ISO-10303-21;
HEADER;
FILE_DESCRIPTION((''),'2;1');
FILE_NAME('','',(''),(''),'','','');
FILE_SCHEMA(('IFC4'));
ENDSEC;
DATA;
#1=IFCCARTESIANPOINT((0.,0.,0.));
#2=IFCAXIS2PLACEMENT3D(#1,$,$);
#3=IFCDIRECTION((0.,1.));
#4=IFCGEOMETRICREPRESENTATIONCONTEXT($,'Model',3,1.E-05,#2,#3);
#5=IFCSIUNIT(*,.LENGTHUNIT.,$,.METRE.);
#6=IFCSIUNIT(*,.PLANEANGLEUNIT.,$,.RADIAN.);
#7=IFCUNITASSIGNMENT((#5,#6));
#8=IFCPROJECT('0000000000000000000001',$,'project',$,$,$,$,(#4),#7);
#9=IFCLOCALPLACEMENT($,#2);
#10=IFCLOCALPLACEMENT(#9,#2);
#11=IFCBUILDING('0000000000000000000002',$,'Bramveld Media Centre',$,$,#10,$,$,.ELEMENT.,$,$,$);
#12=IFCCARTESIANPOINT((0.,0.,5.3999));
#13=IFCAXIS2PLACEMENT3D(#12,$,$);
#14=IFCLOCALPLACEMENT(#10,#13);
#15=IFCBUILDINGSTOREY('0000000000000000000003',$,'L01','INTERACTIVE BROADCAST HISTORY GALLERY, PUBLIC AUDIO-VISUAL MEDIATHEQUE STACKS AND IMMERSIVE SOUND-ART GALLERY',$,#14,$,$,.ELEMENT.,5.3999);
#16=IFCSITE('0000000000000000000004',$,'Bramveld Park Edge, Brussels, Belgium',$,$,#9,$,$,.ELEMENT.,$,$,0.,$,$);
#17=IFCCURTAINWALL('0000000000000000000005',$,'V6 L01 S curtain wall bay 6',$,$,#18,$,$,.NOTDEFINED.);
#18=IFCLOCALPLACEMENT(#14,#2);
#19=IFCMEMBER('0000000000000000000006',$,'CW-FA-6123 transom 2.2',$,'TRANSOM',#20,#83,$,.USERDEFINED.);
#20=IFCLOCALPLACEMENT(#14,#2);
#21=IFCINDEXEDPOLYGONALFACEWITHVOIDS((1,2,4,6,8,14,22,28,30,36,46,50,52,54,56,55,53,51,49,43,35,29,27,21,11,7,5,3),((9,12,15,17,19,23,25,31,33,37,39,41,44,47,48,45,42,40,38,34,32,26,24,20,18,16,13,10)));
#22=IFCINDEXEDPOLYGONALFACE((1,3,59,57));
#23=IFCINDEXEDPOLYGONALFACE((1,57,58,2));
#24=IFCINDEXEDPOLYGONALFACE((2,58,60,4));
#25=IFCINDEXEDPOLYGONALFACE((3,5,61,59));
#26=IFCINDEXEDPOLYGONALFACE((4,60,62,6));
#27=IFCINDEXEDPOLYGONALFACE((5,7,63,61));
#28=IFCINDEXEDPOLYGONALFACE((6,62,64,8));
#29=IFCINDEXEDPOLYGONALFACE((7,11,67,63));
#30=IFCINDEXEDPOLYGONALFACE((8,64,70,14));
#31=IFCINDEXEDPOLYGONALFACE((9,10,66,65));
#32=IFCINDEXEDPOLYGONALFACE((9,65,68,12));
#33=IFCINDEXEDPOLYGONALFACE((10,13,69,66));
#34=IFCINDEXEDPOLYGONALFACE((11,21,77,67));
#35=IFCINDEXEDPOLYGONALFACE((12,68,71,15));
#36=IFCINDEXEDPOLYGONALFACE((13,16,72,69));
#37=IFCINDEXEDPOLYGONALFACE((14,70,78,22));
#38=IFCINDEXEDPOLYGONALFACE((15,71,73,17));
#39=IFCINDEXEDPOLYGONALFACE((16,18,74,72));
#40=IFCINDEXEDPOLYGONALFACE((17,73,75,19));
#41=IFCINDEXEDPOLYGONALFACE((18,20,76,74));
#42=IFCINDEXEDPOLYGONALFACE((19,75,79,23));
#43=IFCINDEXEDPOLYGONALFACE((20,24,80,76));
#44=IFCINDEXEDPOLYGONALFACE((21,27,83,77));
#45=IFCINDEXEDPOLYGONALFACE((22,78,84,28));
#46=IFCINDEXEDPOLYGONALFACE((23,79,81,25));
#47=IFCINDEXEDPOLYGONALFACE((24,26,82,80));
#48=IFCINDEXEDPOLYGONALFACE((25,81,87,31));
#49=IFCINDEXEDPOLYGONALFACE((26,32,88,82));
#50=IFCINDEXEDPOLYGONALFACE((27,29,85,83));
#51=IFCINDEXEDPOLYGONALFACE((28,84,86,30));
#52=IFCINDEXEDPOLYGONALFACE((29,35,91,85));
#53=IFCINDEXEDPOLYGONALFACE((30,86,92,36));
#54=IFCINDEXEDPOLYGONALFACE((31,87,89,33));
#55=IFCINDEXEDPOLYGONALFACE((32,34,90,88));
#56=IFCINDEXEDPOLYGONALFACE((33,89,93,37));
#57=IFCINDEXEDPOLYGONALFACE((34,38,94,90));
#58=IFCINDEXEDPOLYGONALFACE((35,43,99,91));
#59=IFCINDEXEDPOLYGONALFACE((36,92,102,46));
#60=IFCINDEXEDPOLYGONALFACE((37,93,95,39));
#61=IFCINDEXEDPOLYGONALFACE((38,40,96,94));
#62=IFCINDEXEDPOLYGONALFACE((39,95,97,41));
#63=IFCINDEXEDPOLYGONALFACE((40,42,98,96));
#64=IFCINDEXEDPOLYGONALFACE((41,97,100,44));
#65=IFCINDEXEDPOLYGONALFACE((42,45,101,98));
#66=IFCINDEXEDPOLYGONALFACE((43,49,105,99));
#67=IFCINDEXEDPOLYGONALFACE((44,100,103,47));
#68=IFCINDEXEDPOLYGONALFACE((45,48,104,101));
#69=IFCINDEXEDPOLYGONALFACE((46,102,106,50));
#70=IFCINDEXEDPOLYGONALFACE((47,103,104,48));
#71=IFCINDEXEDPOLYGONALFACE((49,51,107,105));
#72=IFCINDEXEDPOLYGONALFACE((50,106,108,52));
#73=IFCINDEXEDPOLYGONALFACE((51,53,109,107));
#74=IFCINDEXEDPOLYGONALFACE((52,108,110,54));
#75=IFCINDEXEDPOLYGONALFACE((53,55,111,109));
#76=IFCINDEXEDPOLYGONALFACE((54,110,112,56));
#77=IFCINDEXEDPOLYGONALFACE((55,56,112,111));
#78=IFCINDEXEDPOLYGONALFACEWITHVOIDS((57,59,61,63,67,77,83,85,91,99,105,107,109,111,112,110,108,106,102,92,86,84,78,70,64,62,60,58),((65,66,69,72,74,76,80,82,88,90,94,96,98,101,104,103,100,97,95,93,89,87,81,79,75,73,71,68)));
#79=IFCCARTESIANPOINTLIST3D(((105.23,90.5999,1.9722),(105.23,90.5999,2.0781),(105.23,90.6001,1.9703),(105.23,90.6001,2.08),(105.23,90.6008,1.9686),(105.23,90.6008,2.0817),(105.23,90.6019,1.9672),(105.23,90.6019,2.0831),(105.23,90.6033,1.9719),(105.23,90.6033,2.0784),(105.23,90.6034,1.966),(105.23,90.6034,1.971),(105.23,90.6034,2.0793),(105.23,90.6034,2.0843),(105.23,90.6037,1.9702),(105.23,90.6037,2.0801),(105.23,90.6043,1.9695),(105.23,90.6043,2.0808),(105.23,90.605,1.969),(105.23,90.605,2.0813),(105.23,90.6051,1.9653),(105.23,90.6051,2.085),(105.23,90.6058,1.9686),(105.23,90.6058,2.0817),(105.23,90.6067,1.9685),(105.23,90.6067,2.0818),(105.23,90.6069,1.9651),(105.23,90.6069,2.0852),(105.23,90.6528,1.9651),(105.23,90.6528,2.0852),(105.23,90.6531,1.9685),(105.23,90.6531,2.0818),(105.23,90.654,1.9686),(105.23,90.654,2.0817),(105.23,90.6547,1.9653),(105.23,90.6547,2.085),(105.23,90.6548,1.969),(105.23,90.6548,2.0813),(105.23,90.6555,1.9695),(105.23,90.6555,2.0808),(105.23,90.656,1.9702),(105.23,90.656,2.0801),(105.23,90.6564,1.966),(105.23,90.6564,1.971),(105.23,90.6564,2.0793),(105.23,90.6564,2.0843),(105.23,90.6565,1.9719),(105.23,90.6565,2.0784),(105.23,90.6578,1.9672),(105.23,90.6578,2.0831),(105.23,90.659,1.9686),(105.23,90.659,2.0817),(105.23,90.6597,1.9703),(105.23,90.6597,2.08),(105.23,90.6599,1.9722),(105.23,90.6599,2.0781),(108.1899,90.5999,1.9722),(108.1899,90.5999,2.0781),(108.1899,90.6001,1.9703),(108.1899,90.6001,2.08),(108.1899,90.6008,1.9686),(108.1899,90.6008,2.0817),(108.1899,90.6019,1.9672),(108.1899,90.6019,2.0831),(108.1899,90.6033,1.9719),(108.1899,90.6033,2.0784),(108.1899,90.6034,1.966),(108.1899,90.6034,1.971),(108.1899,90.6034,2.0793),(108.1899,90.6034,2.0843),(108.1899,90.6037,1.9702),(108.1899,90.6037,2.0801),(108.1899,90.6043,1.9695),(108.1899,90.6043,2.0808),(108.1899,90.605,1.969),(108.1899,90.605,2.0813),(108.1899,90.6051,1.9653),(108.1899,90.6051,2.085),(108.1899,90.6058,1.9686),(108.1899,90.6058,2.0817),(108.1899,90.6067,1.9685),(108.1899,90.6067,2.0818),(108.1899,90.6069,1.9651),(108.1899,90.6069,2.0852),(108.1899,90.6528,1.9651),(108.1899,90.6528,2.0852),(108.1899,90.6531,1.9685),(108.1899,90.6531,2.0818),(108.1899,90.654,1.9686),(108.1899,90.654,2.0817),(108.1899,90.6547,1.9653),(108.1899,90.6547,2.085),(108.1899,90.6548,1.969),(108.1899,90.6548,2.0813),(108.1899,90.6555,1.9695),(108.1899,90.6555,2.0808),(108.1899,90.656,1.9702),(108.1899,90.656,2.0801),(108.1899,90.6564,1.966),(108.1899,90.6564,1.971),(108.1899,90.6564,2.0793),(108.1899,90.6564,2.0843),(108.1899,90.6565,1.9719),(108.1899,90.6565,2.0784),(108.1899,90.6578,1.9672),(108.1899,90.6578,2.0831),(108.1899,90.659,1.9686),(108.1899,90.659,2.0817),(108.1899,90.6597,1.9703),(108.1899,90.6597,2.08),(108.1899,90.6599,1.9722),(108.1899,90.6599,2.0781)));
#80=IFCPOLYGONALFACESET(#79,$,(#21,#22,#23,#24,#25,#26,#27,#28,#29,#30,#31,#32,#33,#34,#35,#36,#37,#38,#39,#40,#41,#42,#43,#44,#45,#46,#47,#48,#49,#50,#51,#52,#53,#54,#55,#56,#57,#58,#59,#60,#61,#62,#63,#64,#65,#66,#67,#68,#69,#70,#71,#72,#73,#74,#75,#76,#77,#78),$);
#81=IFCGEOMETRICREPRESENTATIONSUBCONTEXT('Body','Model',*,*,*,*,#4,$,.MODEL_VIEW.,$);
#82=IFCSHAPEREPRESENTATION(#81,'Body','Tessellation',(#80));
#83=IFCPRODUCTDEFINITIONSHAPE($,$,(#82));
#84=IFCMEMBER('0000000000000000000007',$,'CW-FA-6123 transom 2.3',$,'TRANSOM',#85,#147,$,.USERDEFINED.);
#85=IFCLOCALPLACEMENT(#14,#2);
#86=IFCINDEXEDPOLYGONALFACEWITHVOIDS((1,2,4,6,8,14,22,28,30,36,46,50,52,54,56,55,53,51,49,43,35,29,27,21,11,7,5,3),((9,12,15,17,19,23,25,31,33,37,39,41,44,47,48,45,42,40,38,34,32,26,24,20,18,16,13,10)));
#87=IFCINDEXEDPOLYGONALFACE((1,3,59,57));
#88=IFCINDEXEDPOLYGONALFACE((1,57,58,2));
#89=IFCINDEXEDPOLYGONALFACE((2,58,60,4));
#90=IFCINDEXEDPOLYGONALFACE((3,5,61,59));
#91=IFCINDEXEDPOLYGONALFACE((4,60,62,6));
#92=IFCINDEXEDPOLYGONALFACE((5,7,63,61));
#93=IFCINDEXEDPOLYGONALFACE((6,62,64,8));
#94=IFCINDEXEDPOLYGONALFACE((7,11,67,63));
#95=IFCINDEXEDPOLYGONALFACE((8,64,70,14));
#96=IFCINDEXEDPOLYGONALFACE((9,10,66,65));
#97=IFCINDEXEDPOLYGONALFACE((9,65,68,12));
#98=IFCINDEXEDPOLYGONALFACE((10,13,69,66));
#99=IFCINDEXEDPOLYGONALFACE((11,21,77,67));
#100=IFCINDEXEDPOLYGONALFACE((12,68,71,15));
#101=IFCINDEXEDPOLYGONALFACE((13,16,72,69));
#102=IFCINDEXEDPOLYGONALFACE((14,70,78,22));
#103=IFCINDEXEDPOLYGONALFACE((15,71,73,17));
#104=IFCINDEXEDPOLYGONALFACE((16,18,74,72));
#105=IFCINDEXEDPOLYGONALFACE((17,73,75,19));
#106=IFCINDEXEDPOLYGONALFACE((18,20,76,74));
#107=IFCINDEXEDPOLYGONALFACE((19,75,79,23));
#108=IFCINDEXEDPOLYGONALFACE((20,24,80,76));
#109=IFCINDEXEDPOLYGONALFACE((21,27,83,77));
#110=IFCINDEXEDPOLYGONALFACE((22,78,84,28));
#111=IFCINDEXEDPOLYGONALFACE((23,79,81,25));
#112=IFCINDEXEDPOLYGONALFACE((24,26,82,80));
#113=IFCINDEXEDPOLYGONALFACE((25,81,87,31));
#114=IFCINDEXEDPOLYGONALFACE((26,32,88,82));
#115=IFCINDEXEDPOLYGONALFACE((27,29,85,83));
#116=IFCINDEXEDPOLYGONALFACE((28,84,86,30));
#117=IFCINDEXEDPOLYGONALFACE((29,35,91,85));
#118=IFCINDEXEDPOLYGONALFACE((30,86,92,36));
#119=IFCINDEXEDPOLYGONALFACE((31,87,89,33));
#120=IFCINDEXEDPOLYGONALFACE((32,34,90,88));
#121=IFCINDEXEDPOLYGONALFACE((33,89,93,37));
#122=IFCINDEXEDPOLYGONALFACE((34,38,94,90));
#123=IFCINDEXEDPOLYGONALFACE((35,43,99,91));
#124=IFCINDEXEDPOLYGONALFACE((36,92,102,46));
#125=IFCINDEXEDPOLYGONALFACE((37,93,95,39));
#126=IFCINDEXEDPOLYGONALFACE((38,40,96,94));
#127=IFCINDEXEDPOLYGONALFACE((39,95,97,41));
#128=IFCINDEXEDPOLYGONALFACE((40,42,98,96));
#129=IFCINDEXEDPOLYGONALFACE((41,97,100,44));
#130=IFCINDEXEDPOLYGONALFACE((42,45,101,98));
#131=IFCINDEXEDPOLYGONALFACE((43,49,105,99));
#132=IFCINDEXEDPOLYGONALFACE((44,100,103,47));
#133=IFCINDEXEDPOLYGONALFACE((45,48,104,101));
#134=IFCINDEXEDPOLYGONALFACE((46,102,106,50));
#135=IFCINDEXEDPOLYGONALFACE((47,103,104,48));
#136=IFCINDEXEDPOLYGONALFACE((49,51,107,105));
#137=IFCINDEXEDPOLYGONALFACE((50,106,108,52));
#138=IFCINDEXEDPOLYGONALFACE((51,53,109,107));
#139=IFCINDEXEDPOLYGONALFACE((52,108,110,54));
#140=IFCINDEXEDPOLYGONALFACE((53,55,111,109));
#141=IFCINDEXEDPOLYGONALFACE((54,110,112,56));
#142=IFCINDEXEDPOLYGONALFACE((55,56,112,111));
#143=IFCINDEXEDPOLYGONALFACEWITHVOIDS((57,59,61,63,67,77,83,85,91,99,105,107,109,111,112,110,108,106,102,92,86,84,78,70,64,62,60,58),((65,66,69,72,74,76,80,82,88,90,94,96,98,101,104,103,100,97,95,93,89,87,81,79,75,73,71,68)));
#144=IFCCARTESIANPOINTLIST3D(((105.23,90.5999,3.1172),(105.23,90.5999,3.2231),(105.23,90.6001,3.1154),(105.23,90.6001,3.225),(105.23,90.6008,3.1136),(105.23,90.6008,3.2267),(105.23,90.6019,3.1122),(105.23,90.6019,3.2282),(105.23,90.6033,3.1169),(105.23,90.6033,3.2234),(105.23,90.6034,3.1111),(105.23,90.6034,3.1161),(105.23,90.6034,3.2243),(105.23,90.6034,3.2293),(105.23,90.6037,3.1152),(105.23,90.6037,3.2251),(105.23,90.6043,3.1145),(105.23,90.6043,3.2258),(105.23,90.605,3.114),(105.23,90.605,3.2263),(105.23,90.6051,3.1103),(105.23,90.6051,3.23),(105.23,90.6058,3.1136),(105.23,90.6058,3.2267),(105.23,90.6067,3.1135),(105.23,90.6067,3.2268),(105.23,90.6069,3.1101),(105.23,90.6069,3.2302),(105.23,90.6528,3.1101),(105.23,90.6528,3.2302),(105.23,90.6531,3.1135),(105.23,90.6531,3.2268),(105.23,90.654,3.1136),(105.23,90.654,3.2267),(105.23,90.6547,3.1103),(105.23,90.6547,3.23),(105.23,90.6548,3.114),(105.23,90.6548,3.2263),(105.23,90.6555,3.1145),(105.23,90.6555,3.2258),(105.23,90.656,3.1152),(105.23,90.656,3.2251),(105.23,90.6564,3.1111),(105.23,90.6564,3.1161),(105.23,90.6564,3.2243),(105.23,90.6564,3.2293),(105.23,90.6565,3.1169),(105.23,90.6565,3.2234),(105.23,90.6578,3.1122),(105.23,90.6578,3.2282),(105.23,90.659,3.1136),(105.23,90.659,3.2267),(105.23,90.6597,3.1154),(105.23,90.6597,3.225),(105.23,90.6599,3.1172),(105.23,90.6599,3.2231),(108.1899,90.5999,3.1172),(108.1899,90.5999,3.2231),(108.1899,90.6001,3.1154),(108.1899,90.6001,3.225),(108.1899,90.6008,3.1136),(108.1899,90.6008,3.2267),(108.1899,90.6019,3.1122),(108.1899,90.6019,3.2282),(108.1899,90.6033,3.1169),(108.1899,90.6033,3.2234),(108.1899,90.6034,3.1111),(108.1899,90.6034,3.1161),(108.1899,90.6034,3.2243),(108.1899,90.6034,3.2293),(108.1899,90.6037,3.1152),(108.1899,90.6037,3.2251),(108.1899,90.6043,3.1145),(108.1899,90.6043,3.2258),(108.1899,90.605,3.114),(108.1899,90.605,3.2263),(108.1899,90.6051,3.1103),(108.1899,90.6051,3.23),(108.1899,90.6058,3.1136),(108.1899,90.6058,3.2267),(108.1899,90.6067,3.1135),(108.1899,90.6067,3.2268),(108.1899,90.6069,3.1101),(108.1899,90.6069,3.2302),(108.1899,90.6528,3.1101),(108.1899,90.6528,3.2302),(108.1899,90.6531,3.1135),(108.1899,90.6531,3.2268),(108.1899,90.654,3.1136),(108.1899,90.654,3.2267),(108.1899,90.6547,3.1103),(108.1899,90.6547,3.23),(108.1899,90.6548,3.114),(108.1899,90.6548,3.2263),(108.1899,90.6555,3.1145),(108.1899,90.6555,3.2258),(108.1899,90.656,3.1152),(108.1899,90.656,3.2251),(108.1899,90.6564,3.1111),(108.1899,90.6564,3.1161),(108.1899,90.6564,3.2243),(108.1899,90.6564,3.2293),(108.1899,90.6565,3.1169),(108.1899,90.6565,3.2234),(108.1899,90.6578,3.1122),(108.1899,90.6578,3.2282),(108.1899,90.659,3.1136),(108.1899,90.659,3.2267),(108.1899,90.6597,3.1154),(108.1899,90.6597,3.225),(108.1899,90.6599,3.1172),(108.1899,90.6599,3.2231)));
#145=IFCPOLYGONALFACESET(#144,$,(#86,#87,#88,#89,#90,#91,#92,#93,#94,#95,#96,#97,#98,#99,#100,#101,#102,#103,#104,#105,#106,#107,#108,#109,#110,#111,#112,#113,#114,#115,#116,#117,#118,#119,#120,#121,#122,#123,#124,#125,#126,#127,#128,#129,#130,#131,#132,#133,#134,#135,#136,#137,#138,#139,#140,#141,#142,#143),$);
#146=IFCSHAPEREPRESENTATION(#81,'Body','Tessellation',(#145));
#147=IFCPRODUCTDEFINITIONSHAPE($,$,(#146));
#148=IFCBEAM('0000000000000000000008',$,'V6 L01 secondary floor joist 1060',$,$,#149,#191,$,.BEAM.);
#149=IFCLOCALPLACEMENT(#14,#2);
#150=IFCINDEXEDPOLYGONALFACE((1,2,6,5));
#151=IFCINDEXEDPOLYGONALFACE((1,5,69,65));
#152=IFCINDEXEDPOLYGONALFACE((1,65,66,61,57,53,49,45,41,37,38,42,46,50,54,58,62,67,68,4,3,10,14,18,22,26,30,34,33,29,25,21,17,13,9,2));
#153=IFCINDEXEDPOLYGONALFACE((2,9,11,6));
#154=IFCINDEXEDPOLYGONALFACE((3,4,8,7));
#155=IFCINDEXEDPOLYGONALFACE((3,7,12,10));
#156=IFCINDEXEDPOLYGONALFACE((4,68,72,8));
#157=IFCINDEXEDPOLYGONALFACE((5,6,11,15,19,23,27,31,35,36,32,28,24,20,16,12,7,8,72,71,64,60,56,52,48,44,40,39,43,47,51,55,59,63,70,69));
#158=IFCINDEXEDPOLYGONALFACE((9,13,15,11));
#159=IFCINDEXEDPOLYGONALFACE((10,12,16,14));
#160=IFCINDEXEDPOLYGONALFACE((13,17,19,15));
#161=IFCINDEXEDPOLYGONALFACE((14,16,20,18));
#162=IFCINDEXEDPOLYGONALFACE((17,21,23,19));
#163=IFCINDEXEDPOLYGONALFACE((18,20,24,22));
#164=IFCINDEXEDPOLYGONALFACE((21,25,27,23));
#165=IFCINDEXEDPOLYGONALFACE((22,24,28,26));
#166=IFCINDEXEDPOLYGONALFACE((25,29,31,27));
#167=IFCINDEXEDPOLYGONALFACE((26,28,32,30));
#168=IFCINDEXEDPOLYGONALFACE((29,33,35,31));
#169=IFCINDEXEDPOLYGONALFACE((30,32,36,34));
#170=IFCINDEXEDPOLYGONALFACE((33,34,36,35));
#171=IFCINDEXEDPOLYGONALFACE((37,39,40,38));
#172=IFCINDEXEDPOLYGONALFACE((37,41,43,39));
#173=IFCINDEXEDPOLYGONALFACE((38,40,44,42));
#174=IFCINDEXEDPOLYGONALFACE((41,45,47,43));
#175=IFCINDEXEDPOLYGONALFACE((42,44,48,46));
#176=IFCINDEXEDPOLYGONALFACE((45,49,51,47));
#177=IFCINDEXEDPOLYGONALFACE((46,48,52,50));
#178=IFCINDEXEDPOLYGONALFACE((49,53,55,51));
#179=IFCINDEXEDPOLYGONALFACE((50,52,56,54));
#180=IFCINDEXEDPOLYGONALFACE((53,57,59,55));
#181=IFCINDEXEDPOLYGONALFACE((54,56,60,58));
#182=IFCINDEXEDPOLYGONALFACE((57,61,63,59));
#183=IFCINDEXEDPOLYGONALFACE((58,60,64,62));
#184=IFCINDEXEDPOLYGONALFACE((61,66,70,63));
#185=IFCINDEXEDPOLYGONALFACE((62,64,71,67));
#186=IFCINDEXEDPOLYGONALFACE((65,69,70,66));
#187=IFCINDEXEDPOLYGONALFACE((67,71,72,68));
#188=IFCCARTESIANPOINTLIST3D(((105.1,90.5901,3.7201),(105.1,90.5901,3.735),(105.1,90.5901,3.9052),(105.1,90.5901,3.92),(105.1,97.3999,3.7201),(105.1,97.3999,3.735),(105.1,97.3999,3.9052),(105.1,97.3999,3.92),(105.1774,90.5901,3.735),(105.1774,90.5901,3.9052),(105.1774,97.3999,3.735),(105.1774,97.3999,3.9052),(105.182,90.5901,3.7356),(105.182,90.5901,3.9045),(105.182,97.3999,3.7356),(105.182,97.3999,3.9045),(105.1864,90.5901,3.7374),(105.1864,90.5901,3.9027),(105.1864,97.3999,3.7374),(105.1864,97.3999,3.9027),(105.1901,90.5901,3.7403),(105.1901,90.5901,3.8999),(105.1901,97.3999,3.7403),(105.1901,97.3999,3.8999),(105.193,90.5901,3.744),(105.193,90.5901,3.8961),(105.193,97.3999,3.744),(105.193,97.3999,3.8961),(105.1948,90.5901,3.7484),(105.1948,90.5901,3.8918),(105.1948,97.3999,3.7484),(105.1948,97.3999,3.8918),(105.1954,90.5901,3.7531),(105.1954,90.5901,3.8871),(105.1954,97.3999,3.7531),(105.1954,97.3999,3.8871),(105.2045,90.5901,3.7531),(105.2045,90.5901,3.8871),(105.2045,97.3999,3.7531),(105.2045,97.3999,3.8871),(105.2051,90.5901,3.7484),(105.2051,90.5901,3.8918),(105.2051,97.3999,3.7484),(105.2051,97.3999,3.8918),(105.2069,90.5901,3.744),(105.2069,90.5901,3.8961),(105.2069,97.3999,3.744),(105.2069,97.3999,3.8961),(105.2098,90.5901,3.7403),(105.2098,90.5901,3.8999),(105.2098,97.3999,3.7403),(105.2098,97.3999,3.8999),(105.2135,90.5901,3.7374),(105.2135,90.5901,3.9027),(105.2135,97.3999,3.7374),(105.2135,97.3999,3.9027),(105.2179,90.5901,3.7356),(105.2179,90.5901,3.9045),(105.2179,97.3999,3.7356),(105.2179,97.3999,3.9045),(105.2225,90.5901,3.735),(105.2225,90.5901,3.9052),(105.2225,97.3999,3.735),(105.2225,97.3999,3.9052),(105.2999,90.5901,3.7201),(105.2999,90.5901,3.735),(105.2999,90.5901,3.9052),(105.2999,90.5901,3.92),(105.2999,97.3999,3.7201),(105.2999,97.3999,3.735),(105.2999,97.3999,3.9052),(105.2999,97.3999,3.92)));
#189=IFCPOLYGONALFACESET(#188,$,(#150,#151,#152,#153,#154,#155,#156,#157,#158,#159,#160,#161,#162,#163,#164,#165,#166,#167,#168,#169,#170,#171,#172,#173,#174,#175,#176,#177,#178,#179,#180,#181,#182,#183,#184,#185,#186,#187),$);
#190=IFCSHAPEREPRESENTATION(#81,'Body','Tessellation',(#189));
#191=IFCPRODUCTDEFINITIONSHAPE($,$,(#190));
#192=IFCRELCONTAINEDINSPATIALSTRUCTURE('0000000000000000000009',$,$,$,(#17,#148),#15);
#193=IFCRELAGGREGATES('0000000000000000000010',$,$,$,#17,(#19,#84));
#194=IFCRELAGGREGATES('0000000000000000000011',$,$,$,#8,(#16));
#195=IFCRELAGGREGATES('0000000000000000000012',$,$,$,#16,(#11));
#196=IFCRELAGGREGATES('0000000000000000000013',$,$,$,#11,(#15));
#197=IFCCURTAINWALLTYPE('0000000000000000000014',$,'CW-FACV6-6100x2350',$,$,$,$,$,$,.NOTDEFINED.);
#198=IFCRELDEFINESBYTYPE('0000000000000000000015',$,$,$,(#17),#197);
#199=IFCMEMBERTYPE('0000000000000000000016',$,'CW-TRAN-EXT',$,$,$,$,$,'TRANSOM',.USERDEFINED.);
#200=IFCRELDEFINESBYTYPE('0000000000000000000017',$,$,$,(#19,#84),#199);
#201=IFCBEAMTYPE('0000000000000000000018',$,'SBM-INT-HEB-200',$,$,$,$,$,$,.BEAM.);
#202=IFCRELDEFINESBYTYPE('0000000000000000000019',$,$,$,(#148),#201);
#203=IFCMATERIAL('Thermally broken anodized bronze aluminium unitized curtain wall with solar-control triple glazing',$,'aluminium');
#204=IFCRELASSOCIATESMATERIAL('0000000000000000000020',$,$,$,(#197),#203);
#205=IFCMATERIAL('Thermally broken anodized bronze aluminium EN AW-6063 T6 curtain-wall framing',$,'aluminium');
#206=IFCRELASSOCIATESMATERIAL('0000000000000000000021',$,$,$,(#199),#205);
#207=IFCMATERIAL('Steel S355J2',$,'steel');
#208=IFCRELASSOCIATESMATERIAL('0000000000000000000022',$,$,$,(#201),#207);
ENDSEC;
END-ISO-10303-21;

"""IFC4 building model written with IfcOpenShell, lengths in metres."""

from ifc_helpers import new_model, si_unit, direction, frame, origin, origin_2d, place, context, subcontext, project, spatial, hollow_rectangle, i_section, extrude, material, material_profile, profile_set, type_object, element, aggregate, save


model = new_model("IFC4")

# Units and contexts
model_context = context("Model", 3, precision=1e-05, world=origin(), true_north=direction((0.0, 1.0)))
body_context = subcontext(model_context, "Body", "Model", "MODEL_VIEW")
ifc_project = project(units=[si_unit("LENGTHUNIT", "METRE"), si_unit("PLANEANGLEUNIT", "RADIAN")], contexts=[model_context])

# Site, building, storey
site_placement = place(None, origin())
site = spatial("IfcSite", under=ifc_project, at=site_placement, Name="Bramveld Park Edge, Brussels, Belgium", CompositionType="ELEMENT", RefElevation=0.0)
building_placement = place(site_placement, origin())
building = spatial("IfcBuilding", under=site, at=building_placement, Name="Bramveld Media Centre", CompositionType="ELEMENT")
storey_placement = place(building_placement, frame((0.0, 0.0, 5.3999)))
storey = spatial("IfcBuildingStorey", under=building, at=storey_placement, Name="L01", Description="INTERACTIVE BROADCAST HISTORY GALLERY, PUBLIC AUDIO-VISUAL MEDIATHEQUE STACKS AND IMMERSIVE SOUND-ART GALLERY", CompositionType="ELEMENT", Elevation=5.3999)

# Curtain wall, members
ifc_material_1 = material(Name="Thermally broken anodized bronze aluminium unitized curtain wall with solar-control triple glazing", Category="aluminium")
curtain_wall_type = type_object("IfcCurtainWallType", Name="CW-FACV6-6100x2350", PredefinedType="NOTDEFINED", material=ifc_material_1)
curtain_wall_placement = place(storey_placement, origin())
curtain_wall = element("IfcCurtainWall", 1, at=curtain_wall_placement, inside=storey, type_object=curtain_wall_type, Name="V6 L01 S curtain wall bay 6", PredefinedType="NOTDEFINED")
ifc_material_2 = material(Name="Thermally broken anodized bronze aluminium EN AW-6063 T6 curtain-wall framing", Category="aluminium")
ifc_material_profile_1 = material_profile(ifc_material_2, hollow_rectangle(XDim=0.0601, YDim=0.1201, WallThickness=0.0034, InnerFilletRadius=0.0034, OuterFilletRadius=0.0071, at=origin_2d()), Name="AL-TRAN 60x120")
ifc_profile_set_1 = profile_set([ifc_material_profile_1], Name="Thermally broken anodized bronze aluminium EN AW-6063 T6 curtain-wall framing")
member_type_1 = type_object("IfcMemberType", Name="CW-TRAN-EXT", ElementType="TRANSOM", PredefinedType="USERDEFINED", material=ifc_profile_set_1)
member_1_placement = place(storey_placement, frame((105.23, 90.6299, 2.0251), z_axis=(1.0, 0.0, 0.0), x_axis=(0.0, 1.0, 0.0)))
member_1 = element("IfcMember", 2, at=member_1_placement, type_object=member_type_1, Name="CW-FA-6123 transom 2.2", ObjectType="TRANSOM", PredefinedType="USERDEFINED", context=body_context, shape_type="SweptSolid", body=[
    extrude(hollow_rectangle(XDim=0.0601, YDim=0.1201, WallThickness=0.0034, InnerFilletRadius=0.0034, OuterFilletRadius=0.0071, at=origin_2d()), origin(), (0.0, 0.0, 1.0), 2.96),
])
member_2_placement = place(storey_placement, frame((105.23, 90.6299, 3.1702), z_axis=(1.0, 0.0, 0.0), x_axis=(0.0, 1.0, 0.0)))
member_2 = element("IfcMember", 3, at=member_2_placement, type_object=member_type_1, Name="CW-FA-6123 transom 2.3", ObjectType="TRANSOM", PredefinedType="USERDEFINED", context=body_context, shape_type="SweptSolid", body=[
    extrude(hollow_rectangle(XDim=0.0601, YDim=0.1201, WallThickness=0.0034, InnerFilletRadius=0.0034, OuterFilletRadius=0.0071, at=origin_2d()), origin(), (0.0, 0.0, 1.0), 2.96),
])

# Beam
ifc_material_3 = material(Name="Steel S355J2", Category="steel")
ifc_material_profile_2 = material_profile(ifc_material_3, i_section(OverallWidth=0.2, OverallDepth=0.2, WebThickness=0.009, FlangeThickness=0.0149, FilletRadius=0.0181, at=origin_2d()), Name="HEB 200")
ifc_profile_set_2 = profile_set([ifc_material_profile_2], Name="Steel S355J2")
beam_type_1 = type_object("IfcBeamType", Name="SBM-INT-HEB-200", PredefinedType="BEAM", material=ifc_profile_set_2)
beam_1_placement = place(storey_placement, frame((105.2, 90.5901, 3.8201), z_axis=(0.0, 1.0, 0.0), x_axis=(-1.0, 0.0, 0.0)))
element("IfcBeam", 4, at=beam_1_placement, inside=storey, type_object=beam_type_1, Name="V6 L01 secondary floor joist 1060", PredefinedType="BEAM", context=body_context, shape_type="SweptSolid", body=[
    extrude(i_section(OverallWidth=0.2, OverallDepth=0.2, WebThickness=0.009, FlangeThickness=0.0149, FilletRadius=0.0181, at=origin_2d()), origin(), (0.0, 0.0, 1.0), 6.8098),
])

aggregate(curtain_wall, [member_1, member_2])

save(model, "model.ifc")
